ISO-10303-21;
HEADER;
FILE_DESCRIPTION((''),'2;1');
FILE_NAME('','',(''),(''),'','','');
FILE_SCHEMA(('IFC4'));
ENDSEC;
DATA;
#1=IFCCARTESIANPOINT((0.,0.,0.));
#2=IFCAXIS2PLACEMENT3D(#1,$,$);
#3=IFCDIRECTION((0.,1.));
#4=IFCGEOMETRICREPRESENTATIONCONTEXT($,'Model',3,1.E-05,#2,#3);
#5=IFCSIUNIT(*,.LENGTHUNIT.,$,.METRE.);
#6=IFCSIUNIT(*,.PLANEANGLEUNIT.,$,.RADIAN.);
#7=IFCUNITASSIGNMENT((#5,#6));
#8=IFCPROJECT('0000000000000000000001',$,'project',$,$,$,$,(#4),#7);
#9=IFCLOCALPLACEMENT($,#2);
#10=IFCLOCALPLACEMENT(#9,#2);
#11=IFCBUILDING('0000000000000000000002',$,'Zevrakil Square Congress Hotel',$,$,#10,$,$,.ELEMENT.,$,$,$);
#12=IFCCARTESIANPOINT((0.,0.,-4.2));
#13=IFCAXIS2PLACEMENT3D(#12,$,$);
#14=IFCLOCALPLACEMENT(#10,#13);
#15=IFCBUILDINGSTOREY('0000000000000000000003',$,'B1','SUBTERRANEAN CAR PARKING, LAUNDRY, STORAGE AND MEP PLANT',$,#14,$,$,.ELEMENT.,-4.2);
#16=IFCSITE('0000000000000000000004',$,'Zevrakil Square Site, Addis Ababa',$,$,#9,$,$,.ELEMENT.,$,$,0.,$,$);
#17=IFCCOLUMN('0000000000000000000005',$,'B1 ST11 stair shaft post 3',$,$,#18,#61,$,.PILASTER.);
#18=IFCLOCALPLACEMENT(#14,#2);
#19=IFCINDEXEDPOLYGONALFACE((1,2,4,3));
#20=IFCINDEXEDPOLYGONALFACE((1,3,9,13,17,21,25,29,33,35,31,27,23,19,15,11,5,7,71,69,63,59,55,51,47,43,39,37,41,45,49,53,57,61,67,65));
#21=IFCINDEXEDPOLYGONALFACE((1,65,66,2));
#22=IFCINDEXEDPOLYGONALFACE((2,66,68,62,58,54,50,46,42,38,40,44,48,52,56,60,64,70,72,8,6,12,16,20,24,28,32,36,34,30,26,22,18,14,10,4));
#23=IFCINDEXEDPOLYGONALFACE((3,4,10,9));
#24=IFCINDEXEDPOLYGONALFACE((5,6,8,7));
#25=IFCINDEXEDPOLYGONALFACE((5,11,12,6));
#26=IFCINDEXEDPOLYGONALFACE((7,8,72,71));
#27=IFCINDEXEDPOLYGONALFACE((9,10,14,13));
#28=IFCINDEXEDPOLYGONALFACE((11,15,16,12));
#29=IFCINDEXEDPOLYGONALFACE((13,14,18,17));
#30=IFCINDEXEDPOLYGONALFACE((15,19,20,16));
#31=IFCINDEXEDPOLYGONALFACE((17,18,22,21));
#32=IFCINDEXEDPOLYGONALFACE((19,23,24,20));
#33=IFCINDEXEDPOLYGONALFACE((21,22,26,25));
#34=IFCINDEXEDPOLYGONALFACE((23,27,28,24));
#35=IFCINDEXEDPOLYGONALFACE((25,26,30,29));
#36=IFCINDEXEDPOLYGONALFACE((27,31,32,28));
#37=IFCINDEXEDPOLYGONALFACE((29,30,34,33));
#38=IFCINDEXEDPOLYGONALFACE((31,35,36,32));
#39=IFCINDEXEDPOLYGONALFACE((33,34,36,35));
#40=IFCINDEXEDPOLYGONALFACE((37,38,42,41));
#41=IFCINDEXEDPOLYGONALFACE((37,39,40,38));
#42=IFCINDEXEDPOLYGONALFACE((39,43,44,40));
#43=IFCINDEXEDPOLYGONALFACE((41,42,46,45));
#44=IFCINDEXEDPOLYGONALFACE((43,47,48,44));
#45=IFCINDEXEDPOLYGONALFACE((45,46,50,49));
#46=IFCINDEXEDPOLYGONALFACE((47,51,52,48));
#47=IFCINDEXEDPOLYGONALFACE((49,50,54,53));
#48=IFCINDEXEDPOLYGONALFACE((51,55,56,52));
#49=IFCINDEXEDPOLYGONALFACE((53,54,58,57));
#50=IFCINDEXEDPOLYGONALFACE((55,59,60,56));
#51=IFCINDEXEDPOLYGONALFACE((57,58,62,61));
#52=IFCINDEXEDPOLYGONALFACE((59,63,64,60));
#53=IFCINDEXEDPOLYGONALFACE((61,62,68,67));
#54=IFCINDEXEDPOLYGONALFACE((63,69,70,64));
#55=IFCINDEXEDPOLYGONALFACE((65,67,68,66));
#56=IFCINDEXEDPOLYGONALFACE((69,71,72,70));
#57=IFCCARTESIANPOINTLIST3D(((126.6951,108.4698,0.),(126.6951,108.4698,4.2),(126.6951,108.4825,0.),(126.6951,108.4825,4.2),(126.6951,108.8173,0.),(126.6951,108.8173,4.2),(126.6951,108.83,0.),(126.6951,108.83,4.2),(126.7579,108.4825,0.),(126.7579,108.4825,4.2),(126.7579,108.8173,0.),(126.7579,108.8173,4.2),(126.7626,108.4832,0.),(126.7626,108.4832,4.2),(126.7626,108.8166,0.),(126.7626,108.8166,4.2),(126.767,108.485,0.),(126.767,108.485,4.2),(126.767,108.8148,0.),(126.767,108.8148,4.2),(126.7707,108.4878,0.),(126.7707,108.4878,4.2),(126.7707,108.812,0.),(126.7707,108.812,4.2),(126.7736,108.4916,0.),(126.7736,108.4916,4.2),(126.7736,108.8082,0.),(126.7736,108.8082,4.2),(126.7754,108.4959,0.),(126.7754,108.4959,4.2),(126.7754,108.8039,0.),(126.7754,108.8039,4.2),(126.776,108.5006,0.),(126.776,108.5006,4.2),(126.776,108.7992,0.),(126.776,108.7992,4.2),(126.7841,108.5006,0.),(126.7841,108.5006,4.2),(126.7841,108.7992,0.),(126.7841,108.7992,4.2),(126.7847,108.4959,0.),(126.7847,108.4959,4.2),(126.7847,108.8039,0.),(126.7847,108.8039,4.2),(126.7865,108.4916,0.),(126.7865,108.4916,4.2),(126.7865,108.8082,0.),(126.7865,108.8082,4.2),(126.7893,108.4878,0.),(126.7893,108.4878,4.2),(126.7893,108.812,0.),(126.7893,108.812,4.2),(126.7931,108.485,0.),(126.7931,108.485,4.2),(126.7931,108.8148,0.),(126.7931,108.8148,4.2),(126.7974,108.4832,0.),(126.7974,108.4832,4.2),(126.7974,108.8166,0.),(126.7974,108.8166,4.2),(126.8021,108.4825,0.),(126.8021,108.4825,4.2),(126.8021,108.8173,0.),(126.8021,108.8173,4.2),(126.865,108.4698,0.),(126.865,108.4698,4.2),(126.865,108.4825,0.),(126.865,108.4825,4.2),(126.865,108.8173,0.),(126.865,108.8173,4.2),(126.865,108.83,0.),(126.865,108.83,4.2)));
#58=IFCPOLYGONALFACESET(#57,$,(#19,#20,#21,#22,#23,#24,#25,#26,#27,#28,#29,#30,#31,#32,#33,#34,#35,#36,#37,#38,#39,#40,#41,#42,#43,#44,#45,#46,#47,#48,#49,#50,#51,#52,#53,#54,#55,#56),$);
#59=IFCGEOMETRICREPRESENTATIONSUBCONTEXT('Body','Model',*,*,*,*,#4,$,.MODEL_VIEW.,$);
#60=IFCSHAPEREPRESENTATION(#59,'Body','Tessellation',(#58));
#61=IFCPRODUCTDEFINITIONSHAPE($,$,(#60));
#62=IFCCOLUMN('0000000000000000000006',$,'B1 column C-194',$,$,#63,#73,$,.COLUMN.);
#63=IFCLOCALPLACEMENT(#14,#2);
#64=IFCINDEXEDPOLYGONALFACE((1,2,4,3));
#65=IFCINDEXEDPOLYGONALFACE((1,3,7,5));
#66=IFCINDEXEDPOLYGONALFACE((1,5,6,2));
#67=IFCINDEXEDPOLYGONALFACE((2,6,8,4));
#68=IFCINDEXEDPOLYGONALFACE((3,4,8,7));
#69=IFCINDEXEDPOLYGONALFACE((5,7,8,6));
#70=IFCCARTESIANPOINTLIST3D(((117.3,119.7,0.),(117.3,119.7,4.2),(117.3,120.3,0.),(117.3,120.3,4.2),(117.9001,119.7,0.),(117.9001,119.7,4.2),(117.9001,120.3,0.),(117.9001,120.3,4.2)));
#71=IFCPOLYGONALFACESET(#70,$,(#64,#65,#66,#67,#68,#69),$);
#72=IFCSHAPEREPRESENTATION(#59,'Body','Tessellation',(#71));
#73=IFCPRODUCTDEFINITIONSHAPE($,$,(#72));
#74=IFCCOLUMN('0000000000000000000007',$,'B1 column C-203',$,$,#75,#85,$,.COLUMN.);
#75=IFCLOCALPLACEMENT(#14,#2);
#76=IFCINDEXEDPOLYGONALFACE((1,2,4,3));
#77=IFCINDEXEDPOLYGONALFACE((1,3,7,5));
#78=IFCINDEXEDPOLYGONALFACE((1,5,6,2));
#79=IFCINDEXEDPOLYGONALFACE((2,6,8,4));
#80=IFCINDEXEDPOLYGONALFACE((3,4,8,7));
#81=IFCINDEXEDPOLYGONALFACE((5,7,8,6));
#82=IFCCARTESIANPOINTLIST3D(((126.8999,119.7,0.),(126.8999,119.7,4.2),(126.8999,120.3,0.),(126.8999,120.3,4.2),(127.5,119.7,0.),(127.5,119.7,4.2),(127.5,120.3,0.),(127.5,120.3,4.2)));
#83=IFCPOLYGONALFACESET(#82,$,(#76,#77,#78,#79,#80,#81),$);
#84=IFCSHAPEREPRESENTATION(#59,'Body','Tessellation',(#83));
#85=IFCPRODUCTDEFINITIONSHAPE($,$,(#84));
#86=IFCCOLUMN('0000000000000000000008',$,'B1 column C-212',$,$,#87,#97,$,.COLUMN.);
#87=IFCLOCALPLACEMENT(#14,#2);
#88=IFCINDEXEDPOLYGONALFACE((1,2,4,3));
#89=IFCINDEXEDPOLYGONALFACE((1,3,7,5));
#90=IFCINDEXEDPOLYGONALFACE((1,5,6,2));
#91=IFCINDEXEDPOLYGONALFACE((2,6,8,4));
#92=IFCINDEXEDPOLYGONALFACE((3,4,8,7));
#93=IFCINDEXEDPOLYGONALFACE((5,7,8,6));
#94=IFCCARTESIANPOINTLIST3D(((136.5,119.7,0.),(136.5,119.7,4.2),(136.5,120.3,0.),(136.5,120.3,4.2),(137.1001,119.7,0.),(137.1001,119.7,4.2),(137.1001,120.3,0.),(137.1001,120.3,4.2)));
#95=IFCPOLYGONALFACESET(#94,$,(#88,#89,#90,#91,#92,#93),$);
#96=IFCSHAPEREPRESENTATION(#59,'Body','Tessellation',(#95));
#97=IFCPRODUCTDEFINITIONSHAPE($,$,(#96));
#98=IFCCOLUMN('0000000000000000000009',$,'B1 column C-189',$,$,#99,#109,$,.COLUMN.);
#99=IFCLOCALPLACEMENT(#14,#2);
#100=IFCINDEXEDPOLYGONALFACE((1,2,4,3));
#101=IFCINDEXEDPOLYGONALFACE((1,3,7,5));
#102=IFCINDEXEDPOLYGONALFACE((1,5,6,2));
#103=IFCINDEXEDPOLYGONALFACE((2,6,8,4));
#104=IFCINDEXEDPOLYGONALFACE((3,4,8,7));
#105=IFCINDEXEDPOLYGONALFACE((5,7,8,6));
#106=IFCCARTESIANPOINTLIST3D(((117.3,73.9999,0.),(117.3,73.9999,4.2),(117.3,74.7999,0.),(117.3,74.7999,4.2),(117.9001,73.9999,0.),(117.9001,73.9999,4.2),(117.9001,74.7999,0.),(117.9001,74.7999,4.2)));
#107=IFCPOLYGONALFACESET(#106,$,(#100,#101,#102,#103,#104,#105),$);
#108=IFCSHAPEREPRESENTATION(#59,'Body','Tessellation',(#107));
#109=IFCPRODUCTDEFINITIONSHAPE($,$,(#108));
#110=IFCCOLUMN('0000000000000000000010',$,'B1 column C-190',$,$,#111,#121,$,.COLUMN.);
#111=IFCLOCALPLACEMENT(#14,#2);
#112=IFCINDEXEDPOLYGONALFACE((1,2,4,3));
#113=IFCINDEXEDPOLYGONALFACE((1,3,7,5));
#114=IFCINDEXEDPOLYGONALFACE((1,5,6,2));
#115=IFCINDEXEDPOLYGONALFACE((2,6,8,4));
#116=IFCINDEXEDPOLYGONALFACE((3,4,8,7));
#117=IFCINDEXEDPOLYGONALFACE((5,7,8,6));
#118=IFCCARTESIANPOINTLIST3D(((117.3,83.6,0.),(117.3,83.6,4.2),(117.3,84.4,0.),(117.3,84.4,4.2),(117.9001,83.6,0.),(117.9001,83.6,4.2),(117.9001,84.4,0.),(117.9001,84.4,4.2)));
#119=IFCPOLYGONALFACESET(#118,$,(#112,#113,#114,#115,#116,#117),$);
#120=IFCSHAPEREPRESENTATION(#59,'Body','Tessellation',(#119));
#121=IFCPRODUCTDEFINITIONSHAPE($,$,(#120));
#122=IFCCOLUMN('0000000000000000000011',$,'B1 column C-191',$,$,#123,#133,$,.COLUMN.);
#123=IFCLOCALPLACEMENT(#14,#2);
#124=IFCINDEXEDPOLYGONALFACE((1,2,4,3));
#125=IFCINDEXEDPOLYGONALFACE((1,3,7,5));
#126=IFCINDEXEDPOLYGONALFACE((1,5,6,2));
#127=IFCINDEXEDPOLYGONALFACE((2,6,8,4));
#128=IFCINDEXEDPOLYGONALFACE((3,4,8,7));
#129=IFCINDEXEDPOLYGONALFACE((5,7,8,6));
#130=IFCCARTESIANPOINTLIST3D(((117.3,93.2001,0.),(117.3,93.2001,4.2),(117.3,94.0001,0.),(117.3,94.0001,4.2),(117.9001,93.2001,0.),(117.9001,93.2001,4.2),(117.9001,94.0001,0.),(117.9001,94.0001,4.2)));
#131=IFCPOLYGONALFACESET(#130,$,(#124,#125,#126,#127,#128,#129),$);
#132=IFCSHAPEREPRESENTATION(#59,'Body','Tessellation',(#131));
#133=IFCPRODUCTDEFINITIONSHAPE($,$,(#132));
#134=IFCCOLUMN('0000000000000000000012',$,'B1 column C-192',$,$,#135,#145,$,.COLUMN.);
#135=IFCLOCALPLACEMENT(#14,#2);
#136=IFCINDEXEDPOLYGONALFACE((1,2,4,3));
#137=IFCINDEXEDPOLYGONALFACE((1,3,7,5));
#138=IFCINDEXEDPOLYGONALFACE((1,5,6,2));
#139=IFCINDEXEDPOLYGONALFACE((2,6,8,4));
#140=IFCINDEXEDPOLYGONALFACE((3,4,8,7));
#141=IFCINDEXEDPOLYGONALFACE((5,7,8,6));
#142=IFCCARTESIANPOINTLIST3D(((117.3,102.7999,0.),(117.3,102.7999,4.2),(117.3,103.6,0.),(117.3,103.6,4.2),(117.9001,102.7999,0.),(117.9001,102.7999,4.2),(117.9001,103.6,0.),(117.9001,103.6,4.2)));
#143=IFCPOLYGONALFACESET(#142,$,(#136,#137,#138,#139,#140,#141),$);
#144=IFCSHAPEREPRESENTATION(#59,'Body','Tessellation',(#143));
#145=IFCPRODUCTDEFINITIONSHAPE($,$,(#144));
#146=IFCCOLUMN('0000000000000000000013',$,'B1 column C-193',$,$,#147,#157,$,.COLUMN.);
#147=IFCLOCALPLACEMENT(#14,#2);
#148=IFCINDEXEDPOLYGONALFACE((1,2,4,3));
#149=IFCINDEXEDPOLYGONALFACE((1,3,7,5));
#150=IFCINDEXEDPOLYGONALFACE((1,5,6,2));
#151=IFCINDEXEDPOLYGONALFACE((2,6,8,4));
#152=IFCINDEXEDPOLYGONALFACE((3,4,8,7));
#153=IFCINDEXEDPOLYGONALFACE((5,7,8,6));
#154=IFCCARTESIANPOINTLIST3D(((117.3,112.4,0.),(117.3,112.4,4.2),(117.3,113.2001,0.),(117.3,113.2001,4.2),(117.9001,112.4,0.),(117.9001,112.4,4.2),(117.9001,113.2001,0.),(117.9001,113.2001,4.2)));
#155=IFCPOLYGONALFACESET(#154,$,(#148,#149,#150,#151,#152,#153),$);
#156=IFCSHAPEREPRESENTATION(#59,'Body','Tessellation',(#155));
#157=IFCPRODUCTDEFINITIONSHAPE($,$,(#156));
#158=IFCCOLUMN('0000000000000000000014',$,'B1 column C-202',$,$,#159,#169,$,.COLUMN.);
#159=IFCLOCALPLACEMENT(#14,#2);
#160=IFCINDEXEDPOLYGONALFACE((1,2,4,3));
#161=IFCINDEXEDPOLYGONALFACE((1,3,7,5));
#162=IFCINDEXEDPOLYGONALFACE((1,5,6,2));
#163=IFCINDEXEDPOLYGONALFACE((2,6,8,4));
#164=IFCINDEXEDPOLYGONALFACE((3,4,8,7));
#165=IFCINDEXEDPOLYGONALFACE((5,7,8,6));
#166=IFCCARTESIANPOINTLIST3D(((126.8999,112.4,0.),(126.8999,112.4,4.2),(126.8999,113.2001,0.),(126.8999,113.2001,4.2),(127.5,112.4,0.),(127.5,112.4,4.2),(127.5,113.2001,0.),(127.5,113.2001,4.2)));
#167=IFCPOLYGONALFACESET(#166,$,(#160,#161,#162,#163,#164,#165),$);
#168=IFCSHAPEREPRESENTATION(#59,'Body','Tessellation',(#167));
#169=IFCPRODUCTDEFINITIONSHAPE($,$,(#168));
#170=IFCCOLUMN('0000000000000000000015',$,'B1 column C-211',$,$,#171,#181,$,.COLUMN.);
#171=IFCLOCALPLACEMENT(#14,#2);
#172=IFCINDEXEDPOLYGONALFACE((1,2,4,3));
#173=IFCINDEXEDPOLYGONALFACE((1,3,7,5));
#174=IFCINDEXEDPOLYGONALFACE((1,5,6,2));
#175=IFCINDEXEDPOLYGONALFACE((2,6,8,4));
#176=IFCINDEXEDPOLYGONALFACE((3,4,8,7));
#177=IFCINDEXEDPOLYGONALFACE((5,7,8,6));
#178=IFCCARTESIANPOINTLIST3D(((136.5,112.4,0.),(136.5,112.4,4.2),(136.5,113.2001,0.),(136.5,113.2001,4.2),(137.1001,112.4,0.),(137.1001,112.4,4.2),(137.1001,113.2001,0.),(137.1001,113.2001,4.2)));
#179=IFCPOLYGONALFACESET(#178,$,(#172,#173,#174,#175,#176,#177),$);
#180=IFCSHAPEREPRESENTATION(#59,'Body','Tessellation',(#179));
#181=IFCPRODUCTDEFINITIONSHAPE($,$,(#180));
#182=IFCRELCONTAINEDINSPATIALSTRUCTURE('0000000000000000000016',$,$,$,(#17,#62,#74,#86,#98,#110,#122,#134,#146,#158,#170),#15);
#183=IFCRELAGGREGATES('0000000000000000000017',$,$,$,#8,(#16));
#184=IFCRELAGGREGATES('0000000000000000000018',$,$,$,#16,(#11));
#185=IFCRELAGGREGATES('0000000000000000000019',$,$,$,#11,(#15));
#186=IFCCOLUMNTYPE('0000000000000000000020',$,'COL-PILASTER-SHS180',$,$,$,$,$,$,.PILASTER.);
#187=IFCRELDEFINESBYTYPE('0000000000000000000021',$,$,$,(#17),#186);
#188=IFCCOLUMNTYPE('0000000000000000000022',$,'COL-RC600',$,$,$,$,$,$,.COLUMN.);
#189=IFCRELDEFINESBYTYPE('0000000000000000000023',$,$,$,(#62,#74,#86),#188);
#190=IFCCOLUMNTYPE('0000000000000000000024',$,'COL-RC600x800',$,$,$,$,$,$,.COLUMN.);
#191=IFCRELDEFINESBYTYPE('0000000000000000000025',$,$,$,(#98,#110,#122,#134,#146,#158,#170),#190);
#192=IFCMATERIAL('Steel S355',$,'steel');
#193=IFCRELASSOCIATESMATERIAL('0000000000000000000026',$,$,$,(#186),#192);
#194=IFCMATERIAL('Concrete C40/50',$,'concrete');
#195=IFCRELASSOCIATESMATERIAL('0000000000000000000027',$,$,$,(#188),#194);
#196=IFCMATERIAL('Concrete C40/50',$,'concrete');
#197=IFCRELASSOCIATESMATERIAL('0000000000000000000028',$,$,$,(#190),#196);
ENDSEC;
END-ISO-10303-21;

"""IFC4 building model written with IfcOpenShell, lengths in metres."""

from ifc_helpers import new_model, si_unit, direction, frame, origin, origin_2d, place, context, subcontext, project, spatial, rectangle, i_section, extrude, material, material_profile, profile_set, type_object, element, save


model = new_model("IFC4")

# Units and contexts
model_context = context("Model", 3, precision=1e-05, world=origin(), true_north=direction((0.0, 1.0)))
body_context = subcontext(model_context, "Body", "Model", "MODEL_VIEW")
ifc_project = project(units=[si_unit("LENGTHUNIT", "METRE"), si_unit("PLANEANGLEUNIT", "RADIAN")], contexts=[model_context])

# Site, building, storey
site_placement = place(None, origin())
site = spatial("IfcSite", under=ifc_project, at=site_placement, Name="Zevrakil Square Site, Addis Ababa", CompositionType="ELEMENT", RefElevation=0.0)
building_placement = place(site_placement, origin())
building = spatial("IfcBuilding", under=site, at=building_placement, Name="Zevrakil Square Congress Hotel", CompositionType="ELEMENT")
storey_placement = place(building_placement, frame((0.0, 0.0, -4.2)))
storey = spatial("IfcBuildingStorey", under=building, at=storey_placement, Name="B1", Description="SUBTERRANEAN CAR PARKING, LAUNDRY, STORAGE AND MEP PLANT", CompositionType="ELEMENT", Elevation=-4.2)

# Columns
ifc_material_1 = material(Name="Steel S355", Category="steel")
ifc_material_profile_1 = material_profile(ifc_material_1, i_section(OverallWidth=0.1699, OverallDepth=0.3601, WebThickness=0.0081, FlangeThickness=0.0127, FilletRadius=0.0181, at=origin_2d()), Name="IPE 360")
ifc_profile_set_1 = profile_set([ifc_material_profile_1], Name="Steel S355")
column_type_1 = type_object("IfcColumnType", Name="COL-PILASTER-SHS180", PredefinedType="PILASTER", material=ifc_profile_set_1)
for number, where, z_axis, x_axis, name in (
    (1, (126.78, 108.6499, 0.0), (0.0, 0.0, 1.0), (1.0, 0.0, 0.0), "B1 ST11 stair shaft post 3"),
):
    element("IfcColumn", number, at=place(storey_placement, frame(where, z_axis=z_axis, x_axis=x_axis)), inside=storey, type_object=column_type_1, Name=name, PredefinedType="PILASTER", context=body_context, shape_type="SweptSolid", body=[
        extrude(i_section(OverallWidth=0.1699, OverallDepth=0.3601, WebThickness=0.0081, FlangeThickness=0.0127, FilletRadius=0.0181, at=origin_2d()), origin(), (0.0, 0.0, 1.0), 4.2),
    ])
ifc_material_2 = material(Name="Concrete C40/50", Category="concrete")
ifc_material_profile_2 = material_profile(ifc_material_2, rectangle(XDim=0.6001, YDim=0.6001, at=origin_2d()), Name="RC 600x600")
ifc_profile_set_2 = profile_set([ifc_material_profile_2], Name="Concrete C40/50")
column_type_2 = type_object("IfcColumnType", Name="COL-RC600", PredefinedType="COLUMN", material=ifc_profile_set_2)
for number, where, z_axis, x_axis, name in (
    (2, (117.6001, 120.0, 0.0), (0.0, 0.0, 1.0), (1.0, 0.0, 0.0), "B1 column C-194"),
    (3, (127.2, 120.0, 0.0), (0.0, 0.0, 1.0), (1.0, 0.0, 0.0), "B1 column C-203"),
    (4, (136.8, 120.0, 0.0), (0.0, 0.0, 1.0), (1.0, 0.0, 0.0), "B1 column C-212"),
):
    element("IfcColumn", number, at=place(storey_placement, frame(where, z_axis=z_axis, x_axis=x_axis)), inside=storey, type_object=column_type_2, Name=name, PredefinedType="COLUMN", context=body_context, shape_type="SweptSolid", body=[
        extrude(rectangle(XDim=0.6001, YDim=0.6001, at=origin_2d()), origin(), (0.0, 0.0, 1.0), 4.2),
    ])
ifc_material_3 = material(Name="Concrete C40/50", Category="concrete")
ifc_material_profile_3 = material_profile(ifc_material_3, rectangle(XDim=0.6001, YDim=0.8, at=origin_2d()), Name="RC 600x800")
ifc_profile_set_3 = profile_set([ifc_material_profile_3], Name="Concrete C40/50")
column_type_3 = type_object("IfcColumnType", Name="COL-RC600x800", PredefinedType="COLUMN", material=ifc_profile_set_3)
for number, where, z_axis, x_axis, name in (
    (5, (117.6001, 74.3999, 0.0), (0.0, 0.0, 1.0), (1.0, 0.0, 0.0), "B1 column C-189"),
    (6, (117.6001, 84.0, 0.0), (0.0, 0.0, 1.0), (1.0, 0.0, 0.0), "B1 column C-190"),
    (7, (117.6001, 93.6001, 0.0), (0.0, 0.0, 1.0), (1.0, 0.0, 0.0), "B1 column C-191"),
    (8, (117.6001, 103.2, 0.0), (0.0, 0.0, 1.0), (1.0, 0.0, 0.0), "B1 column C-192"),
    (9, (117.6001, 112.8, 0.0), (0.0, 0.0, 1.0), (1.0, 0.0, 0.0), "B1 column C-193"),
    (10, (127.2, 112.8, 0.0), (0.0, 0.0, 1.0), (1.0, 0.0, 0.0), "B1 column C-202"),
    (11, (136.8, 112.8, 0.0), (0.0, 0.0, 1.0), (1.0, 0.0, 0.0), "B1 column C-211"),
):
    element("IfcColumn", number, at=place(storey_placement, frame(where, z_axis=z_axis, x_axis=x_axis)), inside=storey, type_object=column_type_3, Name=name, PredefinedType="COLUMN", context=body_context, shape_type="SweptSolid", body=[
        extrude(rectangle(XDim=0.6001, YDim=0.8, at=origin_2d()), origin(), (0.0, 0.0, 1.0), 4.2),
    ])

save(model, "model.ifc")
